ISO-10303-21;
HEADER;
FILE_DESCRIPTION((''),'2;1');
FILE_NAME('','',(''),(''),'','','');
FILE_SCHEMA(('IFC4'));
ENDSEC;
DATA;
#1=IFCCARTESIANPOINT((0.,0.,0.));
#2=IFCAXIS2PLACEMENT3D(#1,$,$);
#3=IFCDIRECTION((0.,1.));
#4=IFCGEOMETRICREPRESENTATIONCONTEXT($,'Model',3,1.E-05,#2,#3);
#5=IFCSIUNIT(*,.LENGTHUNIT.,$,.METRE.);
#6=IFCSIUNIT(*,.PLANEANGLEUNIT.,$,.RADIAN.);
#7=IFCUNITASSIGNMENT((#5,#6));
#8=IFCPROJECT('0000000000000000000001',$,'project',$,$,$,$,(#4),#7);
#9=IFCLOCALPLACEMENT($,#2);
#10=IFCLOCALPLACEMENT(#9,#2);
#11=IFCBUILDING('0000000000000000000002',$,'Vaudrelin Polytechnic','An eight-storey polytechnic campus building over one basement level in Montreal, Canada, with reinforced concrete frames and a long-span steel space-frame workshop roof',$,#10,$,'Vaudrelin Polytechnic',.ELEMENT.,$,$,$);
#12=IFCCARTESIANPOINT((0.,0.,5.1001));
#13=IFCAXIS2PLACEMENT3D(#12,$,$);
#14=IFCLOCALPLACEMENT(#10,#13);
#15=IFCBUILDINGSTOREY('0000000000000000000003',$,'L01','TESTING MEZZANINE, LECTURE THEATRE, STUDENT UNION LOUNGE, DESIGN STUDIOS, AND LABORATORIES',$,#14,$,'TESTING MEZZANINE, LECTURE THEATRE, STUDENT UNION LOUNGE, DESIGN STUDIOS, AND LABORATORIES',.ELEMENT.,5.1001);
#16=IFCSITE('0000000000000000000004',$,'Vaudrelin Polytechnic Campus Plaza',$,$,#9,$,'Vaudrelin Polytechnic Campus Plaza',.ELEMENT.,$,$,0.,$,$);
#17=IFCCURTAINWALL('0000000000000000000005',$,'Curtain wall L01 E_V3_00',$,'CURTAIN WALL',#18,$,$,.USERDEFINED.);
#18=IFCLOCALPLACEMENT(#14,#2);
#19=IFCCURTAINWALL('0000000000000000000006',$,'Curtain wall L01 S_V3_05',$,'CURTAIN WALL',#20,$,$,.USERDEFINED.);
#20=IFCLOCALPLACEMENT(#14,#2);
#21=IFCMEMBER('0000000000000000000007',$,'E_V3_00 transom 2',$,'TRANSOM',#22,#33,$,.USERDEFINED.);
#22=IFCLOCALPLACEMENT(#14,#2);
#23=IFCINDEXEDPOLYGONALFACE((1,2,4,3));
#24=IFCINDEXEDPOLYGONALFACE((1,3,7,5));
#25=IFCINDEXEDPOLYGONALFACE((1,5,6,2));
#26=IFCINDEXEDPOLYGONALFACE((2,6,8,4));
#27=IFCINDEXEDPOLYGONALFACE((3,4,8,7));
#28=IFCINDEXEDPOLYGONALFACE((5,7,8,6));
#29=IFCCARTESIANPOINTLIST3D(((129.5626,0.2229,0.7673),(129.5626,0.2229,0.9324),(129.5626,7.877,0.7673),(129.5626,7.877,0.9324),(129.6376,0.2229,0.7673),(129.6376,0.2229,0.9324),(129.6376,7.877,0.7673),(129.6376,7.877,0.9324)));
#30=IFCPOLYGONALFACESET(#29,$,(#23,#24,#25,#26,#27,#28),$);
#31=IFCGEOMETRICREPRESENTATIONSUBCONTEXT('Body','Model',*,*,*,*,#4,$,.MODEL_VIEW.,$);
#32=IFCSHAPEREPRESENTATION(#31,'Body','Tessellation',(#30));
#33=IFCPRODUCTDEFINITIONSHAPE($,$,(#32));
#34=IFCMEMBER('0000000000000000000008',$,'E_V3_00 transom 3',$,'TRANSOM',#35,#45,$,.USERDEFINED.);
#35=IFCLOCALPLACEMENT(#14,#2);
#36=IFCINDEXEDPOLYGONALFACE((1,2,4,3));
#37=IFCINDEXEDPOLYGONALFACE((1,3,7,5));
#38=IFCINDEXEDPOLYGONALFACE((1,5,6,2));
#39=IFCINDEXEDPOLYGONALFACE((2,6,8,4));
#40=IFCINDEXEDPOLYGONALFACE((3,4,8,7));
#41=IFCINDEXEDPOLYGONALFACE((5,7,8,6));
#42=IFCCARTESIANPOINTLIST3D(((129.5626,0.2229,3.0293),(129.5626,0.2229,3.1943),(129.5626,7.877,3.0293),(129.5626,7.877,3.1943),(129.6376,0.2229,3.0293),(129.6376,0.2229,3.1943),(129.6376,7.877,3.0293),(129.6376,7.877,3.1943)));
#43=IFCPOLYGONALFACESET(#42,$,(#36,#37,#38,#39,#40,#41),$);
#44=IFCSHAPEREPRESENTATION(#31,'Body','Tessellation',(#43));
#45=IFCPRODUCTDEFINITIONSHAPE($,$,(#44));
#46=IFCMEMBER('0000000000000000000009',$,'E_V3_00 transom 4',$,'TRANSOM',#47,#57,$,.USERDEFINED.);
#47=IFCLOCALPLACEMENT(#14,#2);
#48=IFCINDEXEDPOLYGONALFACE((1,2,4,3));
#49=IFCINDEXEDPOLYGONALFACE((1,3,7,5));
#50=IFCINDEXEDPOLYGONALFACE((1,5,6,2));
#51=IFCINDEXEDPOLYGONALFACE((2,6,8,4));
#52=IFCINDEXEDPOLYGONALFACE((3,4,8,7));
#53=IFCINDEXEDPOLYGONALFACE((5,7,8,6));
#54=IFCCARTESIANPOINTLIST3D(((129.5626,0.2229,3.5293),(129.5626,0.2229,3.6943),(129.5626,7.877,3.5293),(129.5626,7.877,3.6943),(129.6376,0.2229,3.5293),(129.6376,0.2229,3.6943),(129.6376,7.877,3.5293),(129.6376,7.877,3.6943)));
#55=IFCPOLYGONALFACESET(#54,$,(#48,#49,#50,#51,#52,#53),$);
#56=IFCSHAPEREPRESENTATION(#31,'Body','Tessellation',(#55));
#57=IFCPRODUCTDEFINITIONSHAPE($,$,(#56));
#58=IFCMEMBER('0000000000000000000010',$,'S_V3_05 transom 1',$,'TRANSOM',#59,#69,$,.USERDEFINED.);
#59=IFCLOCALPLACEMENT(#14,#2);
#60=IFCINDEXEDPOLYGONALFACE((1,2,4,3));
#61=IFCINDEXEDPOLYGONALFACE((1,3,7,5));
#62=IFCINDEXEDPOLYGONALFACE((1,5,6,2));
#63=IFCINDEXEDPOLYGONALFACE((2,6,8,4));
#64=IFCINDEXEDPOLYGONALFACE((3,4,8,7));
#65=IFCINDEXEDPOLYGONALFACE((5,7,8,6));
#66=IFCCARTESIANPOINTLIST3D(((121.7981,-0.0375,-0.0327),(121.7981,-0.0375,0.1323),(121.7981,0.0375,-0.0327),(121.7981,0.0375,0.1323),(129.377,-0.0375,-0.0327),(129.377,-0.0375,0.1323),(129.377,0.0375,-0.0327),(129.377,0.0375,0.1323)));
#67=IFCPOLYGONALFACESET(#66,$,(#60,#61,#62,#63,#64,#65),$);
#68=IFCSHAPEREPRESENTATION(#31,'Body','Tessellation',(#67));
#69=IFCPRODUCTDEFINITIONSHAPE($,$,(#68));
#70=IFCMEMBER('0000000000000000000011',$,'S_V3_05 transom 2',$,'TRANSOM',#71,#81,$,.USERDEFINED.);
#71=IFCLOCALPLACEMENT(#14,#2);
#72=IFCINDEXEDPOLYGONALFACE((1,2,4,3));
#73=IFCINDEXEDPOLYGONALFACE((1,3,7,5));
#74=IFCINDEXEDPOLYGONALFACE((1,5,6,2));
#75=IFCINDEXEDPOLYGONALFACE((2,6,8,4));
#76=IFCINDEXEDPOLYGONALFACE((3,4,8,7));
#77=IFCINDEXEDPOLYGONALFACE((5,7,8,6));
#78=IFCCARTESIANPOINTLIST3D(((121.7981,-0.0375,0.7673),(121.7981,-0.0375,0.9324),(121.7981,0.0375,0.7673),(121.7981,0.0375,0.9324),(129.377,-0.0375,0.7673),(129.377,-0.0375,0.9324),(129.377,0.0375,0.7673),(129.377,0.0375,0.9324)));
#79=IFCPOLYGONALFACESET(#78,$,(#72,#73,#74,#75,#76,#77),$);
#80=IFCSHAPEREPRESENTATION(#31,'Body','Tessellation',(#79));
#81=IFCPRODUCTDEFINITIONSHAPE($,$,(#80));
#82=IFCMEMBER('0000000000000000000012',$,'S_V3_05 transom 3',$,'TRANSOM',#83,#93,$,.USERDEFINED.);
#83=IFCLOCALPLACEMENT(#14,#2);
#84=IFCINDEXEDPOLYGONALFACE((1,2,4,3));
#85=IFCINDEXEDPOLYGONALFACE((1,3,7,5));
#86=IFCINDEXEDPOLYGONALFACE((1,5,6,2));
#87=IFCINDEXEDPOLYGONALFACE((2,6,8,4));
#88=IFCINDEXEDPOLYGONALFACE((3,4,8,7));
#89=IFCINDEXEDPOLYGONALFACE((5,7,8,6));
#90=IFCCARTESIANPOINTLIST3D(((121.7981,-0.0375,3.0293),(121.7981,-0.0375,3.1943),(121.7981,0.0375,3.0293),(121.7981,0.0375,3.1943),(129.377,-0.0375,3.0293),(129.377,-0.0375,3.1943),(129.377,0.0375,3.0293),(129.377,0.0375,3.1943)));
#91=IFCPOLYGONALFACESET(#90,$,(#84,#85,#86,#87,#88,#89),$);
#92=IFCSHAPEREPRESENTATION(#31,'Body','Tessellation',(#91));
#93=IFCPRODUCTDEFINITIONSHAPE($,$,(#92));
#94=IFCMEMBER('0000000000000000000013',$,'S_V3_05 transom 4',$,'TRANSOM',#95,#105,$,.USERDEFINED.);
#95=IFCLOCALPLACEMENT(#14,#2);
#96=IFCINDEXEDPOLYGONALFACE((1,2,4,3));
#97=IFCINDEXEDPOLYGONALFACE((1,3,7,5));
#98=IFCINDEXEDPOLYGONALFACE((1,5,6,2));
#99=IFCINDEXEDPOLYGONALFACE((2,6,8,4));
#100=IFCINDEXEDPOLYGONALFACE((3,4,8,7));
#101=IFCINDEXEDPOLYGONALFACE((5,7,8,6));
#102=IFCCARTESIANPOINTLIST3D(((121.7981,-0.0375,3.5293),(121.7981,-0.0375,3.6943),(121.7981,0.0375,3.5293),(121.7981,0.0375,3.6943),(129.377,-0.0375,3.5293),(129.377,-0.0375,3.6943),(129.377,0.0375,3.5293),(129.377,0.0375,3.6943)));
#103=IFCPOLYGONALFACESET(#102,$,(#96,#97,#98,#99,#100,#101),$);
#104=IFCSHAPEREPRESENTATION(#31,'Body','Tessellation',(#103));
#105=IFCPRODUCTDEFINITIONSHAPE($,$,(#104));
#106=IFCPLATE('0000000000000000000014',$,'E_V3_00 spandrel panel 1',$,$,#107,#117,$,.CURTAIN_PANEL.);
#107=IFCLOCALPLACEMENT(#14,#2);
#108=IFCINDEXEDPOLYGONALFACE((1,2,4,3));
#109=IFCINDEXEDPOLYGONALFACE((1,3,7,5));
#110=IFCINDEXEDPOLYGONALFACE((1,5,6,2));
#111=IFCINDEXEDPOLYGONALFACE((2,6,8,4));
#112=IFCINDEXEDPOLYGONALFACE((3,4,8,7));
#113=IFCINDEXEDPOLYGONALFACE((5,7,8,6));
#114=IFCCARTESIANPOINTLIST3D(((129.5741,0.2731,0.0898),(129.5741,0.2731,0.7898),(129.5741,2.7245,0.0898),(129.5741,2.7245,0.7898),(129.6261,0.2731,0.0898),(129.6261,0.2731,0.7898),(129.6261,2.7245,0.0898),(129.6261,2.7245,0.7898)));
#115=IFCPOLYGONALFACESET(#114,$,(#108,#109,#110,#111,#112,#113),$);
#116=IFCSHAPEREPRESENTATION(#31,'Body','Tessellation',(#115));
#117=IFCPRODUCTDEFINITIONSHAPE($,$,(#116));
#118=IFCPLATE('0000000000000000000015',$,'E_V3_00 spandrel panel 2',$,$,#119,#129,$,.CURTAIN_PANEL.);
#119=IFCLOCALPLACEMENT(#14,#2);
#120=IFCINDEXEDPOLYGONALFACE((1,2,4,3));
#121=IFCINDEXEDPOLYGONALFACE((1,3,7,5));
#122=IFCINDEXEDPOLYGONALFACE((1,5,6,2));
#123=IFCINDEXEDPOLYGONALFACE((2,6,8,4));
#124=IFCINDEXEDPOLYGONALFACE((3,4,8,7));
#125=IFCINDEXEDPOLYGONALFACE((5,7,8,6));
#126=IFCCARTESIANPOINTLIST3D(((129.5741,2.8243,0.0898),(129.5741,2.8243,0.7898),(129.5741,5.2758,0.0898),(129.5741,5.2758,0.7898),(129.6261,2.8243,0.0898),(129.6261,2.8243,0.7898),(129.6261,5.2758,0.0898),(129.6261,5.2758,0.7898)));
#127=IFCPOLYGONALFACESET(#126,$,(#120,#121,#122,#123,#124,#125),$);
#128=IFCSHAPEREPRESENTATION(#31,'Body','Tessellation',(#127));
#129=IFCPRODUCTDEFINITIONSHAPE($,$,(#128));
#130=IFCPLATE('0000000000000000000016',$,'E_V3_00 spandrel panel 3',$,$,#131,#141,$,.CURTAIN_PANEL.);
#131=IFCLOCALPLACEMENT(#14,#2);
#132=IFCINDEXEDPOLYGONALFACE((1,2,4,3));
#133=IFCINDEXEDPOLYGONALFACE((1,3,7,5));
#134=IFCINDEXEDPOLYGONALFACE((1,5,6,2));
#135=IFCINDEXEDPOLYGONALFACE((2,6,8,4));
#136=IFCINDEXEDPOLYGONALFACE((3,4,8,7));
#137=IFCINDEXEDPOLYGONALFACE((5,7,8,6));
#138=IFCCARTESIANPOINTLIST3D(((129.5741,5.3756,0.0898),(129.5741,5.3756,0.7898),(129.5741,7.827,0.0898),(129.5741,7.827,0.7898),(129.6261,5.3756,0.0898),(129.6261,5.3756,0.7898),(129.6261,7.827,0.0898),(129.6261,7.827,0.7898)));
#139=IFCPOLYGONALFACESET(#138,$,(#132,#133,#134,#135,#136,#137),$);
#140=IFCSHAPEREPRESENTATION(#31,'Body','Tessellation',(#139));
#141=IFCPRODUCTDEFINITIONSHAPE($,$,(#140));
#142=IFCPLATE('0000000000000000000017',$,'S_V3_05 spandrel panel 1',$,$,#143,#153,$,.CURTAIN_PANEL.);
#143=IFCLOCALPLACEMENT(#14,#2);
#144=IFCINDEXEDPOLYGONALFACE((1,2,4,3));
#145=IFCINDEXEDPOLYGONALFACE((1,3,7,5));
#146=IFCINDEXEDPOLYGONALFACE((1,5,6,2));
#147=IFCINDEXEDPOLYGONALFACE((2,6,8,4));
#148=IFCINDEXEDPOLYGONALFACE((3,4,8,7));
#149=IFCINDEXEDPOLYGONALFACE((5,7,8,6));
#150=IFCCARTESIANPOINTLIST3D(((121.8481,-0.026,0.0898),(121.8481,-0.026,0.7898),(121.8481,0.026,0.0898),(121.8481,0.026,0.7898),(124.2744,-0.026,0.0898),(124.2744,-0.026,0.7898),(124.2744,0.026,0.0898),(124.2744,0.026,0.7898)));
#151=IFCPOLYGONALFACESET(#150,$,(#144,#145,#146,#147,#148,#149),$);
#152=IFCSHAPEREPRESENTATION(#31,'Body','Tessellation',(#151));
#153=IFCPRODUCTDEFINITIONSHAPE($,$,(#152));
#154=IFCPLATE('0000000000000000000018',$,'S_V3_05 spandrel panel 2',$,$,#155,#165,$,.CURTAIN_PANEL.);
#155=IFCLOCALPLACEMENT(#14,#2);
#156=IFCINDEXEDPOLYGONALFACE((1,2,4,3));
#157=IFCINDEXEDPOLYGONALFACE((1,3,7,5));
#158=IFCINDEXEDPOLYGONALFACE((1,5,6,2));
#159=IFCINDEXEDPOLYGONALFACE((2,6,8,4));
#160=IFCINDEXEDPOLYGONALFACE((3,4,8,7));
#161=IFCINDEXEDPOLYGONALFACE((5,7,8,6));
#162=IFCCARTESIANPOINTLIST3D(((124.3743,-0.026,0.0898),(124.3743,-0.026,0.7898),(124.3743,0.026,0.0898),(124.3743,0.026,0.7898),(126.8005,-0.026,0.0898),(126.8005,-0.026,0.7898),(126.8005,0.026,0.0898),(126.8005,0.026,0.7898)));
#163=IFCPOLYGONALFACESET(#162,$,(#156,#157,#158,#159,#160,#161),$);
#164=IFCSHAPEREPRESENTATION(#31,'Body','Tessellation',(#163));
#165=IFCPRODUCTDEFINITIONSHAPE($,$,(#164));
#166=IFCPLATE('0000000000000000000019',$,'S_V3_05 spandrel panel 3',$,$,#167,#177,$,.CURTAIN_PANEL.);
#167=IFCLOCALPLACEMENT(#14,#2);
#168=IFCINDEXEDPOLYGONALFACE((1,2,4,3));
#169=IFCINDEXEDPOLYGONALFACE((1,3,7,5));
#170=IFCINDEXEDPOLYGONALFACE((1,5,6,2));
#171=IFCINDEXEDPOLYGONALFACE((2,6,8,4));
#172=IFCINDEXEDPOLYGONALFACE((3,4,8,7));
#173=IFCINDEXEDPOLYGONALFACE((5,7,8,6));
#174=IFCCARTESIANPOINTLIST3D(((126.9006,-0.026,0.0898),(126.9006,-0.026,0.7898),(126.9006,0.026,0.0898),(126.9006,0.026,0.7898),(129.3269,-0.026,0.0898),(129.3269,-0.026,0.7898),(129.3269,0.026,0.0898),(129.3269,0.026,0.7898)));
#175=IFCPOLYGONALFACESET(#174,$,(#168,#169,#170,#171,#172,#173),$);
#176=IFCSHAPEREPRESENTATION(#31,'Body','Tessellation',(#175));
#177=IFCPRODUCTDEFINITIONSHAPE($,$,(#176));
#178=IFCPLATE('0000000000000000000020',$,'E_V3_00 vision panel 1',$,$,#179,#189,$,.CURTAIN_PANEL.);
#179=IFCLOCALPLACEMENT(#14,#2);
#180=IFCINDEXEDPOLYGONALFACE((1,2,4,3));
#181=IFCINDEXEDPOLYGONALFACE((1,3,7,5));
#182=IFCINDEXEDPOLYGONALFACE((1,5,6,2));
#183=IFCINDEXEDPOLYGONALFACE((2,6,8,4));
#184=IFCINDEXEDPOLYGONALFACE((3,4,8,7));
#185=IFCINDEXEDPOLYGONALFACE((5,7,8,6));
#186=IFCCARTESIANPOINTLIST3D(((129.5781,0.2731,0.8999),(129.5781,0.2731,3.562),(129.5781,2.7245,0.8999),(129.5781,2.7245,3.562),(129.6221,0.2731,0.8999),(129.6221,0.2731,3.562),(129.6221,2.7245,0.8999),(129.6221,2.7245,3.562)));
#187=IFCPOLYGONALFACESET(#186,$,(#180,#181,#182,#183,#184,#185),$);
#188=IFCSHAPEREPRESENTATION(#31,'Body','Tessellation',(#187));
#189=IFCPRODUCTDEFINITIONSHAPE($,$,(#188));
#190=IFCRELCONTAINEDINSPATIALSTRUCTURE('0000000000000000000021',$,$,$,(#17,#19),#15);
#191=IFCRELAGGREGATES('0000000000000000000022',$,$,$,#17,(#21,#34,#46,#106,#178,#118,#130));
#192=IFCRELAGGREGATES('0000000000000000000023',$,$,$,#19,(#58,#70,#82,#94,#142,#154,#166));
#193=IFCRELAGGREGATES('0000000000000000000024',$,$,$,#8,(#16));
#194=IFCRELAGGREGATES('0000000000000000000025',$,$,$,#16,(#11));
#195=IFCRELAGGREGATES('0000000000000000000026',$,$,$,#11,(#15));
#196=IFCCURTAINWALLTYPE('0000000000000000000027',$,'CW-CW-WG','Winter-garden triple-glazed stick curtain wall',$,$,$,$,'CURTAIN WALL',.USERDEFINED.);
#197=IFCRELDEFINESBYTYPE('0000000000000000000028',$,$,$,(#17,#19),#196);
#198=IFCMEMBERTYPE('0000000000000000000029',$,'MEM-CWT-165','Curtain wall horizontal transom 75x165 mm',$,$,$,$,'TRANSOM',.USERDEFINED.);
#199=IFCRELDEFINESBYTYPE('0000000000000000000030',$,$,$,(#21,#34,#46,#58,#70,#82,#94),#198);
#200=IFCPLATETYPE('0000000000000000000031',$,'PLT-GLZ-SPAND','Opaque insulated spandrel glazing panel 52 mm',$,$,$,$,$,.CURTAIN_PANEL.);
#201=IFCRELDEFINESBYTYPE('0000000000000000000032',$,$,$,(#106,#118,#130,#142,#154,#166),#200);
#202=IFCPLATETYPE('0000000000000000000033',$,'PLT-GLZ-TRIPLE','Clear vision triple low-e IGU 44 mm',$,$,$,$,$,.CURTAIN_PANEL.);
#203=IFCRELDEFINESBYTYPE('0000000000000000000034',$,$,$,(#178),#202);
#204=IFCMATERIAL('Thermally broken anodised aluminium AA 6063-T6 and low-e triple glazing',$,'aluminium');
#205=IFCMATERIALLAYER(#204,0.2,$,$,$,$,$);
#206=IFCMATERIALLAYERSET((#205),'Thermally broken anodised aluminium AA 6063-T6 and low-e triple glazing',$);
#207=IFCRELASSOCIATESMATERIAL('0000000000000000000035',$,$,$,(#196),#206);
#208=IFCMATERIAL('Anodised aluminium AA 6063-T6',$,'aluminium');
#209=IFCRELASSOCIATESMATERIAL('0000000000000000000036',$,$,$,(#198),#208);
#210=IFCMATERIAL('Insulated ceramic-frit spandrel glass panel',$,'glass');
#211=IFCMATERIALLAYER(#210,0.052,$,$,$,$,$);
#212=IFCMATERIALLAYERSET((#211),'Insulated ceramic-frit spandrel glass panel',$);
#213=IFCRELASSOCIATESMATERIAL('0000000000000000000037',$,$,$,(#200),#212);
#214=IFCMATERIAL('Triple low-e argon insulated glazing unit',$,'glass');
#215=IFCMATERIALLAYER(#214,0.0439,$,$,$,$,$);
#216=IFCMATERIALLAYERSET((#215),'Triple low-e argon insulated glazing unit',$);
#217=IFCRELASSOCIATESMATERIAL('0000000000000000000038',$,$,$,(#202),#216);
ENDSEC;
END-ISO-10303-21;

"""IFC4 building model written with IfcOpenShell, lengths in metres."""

from ifc_helpers import new_model, si_unit, direction, frame, origin, origin_2d, place, context, subcontext, project, spatial, rectangle, extrude, material, layer, layer_set, material_profile, profile_set, type_object, element, aggregate, save


model = new_model("IFC4")

# Units and contexts
model_context = context("Model", 3, precision=1e-05, world=origin(), true_north=direction((0.0, 1.0)))
body_context = subcontext(model_context, "Body", "Model", "MODEL_VIEW")
ifc_project = project(units=[si_unit("LENGTHUNIT", "METRE"), si_unit("PLANEANGLEUNIT", "RADIAN")], contexts=[model_context])

# Site, building, storey
site_placement = place(None, origin())
site = spatial("IfcSite", under=ifc_project, at=site_placement, Name="Vaudrelin Polytechnic Campus Plaza", LongName="Vaudrelin Polytechnic Campus Plaza", CompositionType="ELEMENT", RefElevation=0.0)
building_placement = place(site_placement, origin())
building = spatial("IfcBuilding", under=site, at=building_placement, Name="Vaudrelin Polytechnic", Description="An eight-storey polytechnic campus building over one basement level in Montreal, Canada, with reinforced concrete frames and a long-span steel space-frame workshop roof", LongName="Vaudrelin Polytechnic", CompositionType="ELEMENT")
storey_placement = place(building_placement, frame((0.0, 0.0, 5.1001)))
storey = spatial("IfcBuildingStorey", under=building, at=storey_placement, Name="L01", Description="TESTING MEZZANINE, LECTURE THEATRE, STUDENT UNION LOUNGE, DESIGN STUDIOS, AND LABORATORIES", LongName="TESTING MEZZANINE, LECTURE THEATRE, STUDENT UNION LOUNGE, DESIGN STUDIOS, AND LABORATORIES", CompositionType="ELEMENT", Elevation=5.1001)

# Curtain walls
ifc_material_1 = material(Name="Thermally broken anodised aluminium AA 6063-T6 and low-e triple glazing", Category="aluminium")
ifc_layer_1 = layer(ifc_material_1, 0.2)
ifc_layer_set_1 = layer_set([ifc_layer_1], Name="Thermally broken anodised aluminium AA 6063-T6 and low-e triple glazing")
curtain_wall_type = type_object("IfcCurtainWallType", Name="CW-CW-WG", Description="Winter-garden triple-glazed stick curtain wall", ElementType="CURTAIN WALL", PredefinedType="USERDEFINED", material=ifc_layer_set_1)
curtain_wall_1_placement = place(storey_placement, origin())
curtain_wall_1 = element("IfcCurtainWall", 1, at=curtain_wall_1_placement, inside=storey, type_object=curtain_wall_type, Name="Curtain wall L01 E_V3_00", ObjectType="CURTAIN WALL", PredefinedType="USERDEFINED")
ifc_material_2 = material(Name="Anodised aluminium AA 6063-T6", Category="aluminium")
curtain_wall_2_placement = place(storey_placement, origin())
curtain_wall_2 = element("IfcCurtainWall", 2, at=curtain_wall_2_placement, inside=storey, type_object=curtain_wall_type, Name="Curtain wall L01 S_V3_05", ObjectType="CURTAIN WALL", PredefinedType="USERDEFINED")

# Members
ifc_material_profile_1 = material_profile(ifc_material_2, rectangle(XDim=0.075, YDim=0.165, at=origin_2d()), Name="CWT-75x165")
ifc_profile_set_1 = profile_set([ifc_material_profile_1], Name="Anodised aluminium AA 6063-T6")
member_type_1 = type_object("IfcMemberType", Name="MEM-CWT-165", Description="Curtain wall horizontal transom 75x165 mm", ElementType="TRANSOM", PredefinedType="USERDEFINED", material=ifc_profile_set_1)
member_1_placement = place(storey_placement, frame((129.6001, 0.2229, 0.8499), z_axis=(0.0, 1.0, 0.0), x_axis=(-1.0, 0.0, 0.0)))
member_1 = element("IfcMember", 3, at=member_1_placement, type_object=member_type_1, Name="E_V3_00 transom 2", ObjectType="TRANSOM", PredefinedType="USERDEFINED", context=body_context, shape_type="SweptSolid", body=[
    extrude(rectangle(XDim=0.075, YDim=0.165, at=origin_2d()), origin(), (0.0, 0.0, 1.0), 7.6541),
])
member_2_placement = place(storey_placement, frame((129.6001, 0.2229, 3.1118), z_axis=(0.0, 1.0, 0.0), x_axis=(-1.0, 0.0, 0.0)))
member_2 = element("IfcMember", 4, at=member_2_placement, type_object=member_type_1, Name="E_V3_00 transom 3", ObjectType="TRANSOM", PredefinedType="USERDEFINED", context=body_context, shape_type="SweptSolid", body=[
    extrude(rectangle(XDim=0.075, YDim=0.165, at=origin_2d()), origin(), (0.0, 0.0, 1.0), 7.6541),
])
member_3_placement = place(storey_placement, frame((129.6001, 0.2229, 3.6118), z_axis=(0.0, 1.0, 0.0), x_axis=(-1.0, 0.0, 0.0)))
member_3 = element("IfcMember", 5, at=member_3_placement, type_object=member_type_1, Name="E_V3_00 transom 4", ObjectType="TRANSOM", PredefinedType="USERDEFINED", context=body_context, shape_type="SweptSolid", body=[
    extrude(rectangle(XDim=0.075, YDim=0.165, at=origin_2d()), origin(), (0.0, 0.0, 1.0), 7.6541),
])
member_4_placement = place(storey_placement, frame((121.7981, 0.0, 0.0498), z_axis=(1.0, 0.0, 0.0), x_axis=(0.0, 1.0, 0.0)))
member_4 = element("IfcMember", 6, at=member_4_placement, type_object=member_type_1, Name="S_V3_05 transom 1", ObjectType="TRANSOM", PredefinedType="USERDEFINED", context=body_context, shape_type="SweptSolid", body=[
    extrude(rectangle(XDim=0.075, YDim=0.165, at=origin_2d()), origin(), (0.0, 0.0, 1.0), 7.5789),
])
member_5_placement = place(storey_placement, frame((121.7981, 0.0, 0.8499), z_axis=(1.0, 0.0, 0.0), x_axis=(0.0, 1.0, 0.0)))
member_5 = element("IfcMember", 7, at=member_5_placement, type_object=member_type_1, Name="S_V3_05 transom 2", ObjectType="TRANSOM", PredefinedType="USERDEFINED", context=body_context, shape_type="SweptSolid", body=[
    extrude(rectangle(XDim=0.075, YDim=0.165, at=origin_2d()), origin(), (0.0, 0.0, 1.0), 7.5789),
])
member_6_placement = place(storey_placement, frame((121.7981, 0.0, 3.1118), z_axis=(1.0, 0.0, 0.0), x_axis=(0.0, 1.0, 0.0)))
member_6 = element("IfcMember", 8, at=member_6_placement, type_object=member_type_1, Name="S_V3_05 transom 3", ObjectType="TRANSOM", PredefinedType="USERDEFINED", context=body_context, shape_type="SweptSolid", body=[
    extrude(rectangle(XDim=0.075, YDim=0.165, at=origin_2d()), origin(), (0.0, 0.0, 1.0), 7.5789),
])
member_7_placement = place(storey_placement, frame((121.7981, 0.0, 3.6118), z_axis=(1.0, 0.0, 0.0), x_axis=(0.0, 1.0, 0.0)))
member_7 = element("IfcMember", 9, at=member_7_placement, type_object=member_type_1, Name="S_V3_05 transom 4", ObjectType="TRANSOM", PredefinedType="USERDEFINED", context=body_context, shape_type="SweptSolid", body=[
    extrude(rectangle(XDim=0.075, YDim=0.165, at=origin_2d()), origin(), (0.0, 0.0, 1.0), 7.5789),
])

# Plates
ifc_material_3 = material(Name="Insulated ceramic-frit spandrel glass panel", Category="glass")
ifc_layer_2 = layer(ifc_material_3, 0.052)
ifc_layer_set_2 = layer_set([ifc_layer_2], Name="Insulated ceramic-frit spandrel glass panel")
plate_type_1 = type_object("IfcPlateType", Name="PLT-GLZ-SPAND", Description="Opaque insulated spandrel glazing panel 52 mm", PredefinedType="CURTAIN_PANEL", material=ifc_layer_set_2)
plate_1_placement = place(storey_placement, frame((129.6001, 1.4988, 0.0898), z_axis=(0.0, 0.0, 1.0), x_axis=(0.0, 1.0, 0.0)))
plate_1 = element("IfcPlate", 10, at=plate_1_placement, type_object=plate_type_1, Name="E_V3_00 spandrel panel 1", PredefinedType="CURTAIN_PANEL", context=body_context, shape_type="SweptSolid", body=[
    extrude(rectangle(XDim=2.4514, YDim=0.052, at=origin_2d()), origin(), (0.0, 0.0, 1.0), 0.7),
])
plate_2_placement = place(storey_placement, frame((129.6001, 4.05, 0.0898), z_axis=(0.0, 0.0, 1.0), x_axis=(0.0, 1.0, 0.0)))
plate_2 = element("IfcPlate", 11, at=plate_2_placement, type_object=plate_type_1, Name="E_V3_00 spandrel panel 2", PredefinedType="CURTAIN_PANEL", context=body_context, shape_type="SweptSolid", body=[
    extrude(rectangle(XDim=2.4514, YDim=0.052, at=origin_2d()), origin(), (0.0, 0.0, 1.0), 0.7),
])
plate_3_placement = place(storey_placement, frame((129.6001, 6.6013, 0.0898), z_axis=(0.0, 0.0, 1.0), x_axis=(0.0, 1.0, 0.0)))
plate_3 = element("IfcPlate", 12, at=plate_3_placement, type_object=plate_type_1, Name="E_V3_00 spandrel panel 3", PredefinedType="CURTAIN_PANEL", context=body_context, shape_type="SweptSolid", body=[
    extrude(rectangle(XDim=2.4514, YDim=0.052, at=origin_2d()), origin(), (0.0, 0.0, 1.0), 0.7),
])
plate_4_placement = place(storey_placement, frame((123.0613, 0.0, 0.0898), z_axis=(0.0, 0.0, 1.0), x_axis=(1.0, 0.0, 0.0)))
plate_4 = element("IfcPlate", 13, at=plate_4_placement, type_object=plate_type_1, Name="S_V3_05 spandrel panel 1", PredefinedType="CURTAIN_PANEL", context=body_context, shape_type="SweptSolid", body=[
    extrude(rectangle(XDim=2.4263, YDim=0.052, at=origin_2d()), origin(), (0.0, 0.0, 1.0), 0.7),
])
plate_5_placement = place(storey_placement, frame((125.5874, 0.0, 0.0898), z_axis=(0.0, 0.0, 1.0), x_axis=(1.0, 0.0, 0.0)))
plate_5 = element("IfcPlate", 14, at=plate_5_placement, type_object=plate_type_1, Name="S_V3_05 spandrel panel 2", PredefinedType="CURTAIN_PANEL", context=body_context, shape_type="SweptSolid", body=[
    extrude(rectangle(XDim=2.4263, YDim=0.052, at=origin_2d()), origin(), (0.0, 0.0, 1.0), 0.7),
])
plate_6_placement = place(storey_placement, frame((128.1138, 0.0, 0.0898), z_axis=(0.0, 0.0, 1.0), x_axis=(1.0, 0.0, 0.0)))
plate_6 = element("IfcPlate", 15, at=plate_6_placement, type_object=plate_type_1, Name="S_V3_05 spandrel panel 3", PredefinedType="CURTAIN_PANEL", context=body_context, shape_type="SweptSolid", body=[
    extrude(rectangle(XDim=2.4263, YDim=0.052, at=origin_2d()), origin(), (0.0, 0.0, 1.0), 0.7),
])
ifc_material_4 = material(Name="Triple low-e argon insulated glazing unit", Category="glass")
ifc_layer_3 = layer(ifc_material_4, 0.0439)
ifc_layer_set_3 = layer_set([ifc_layer_3], Name="Triple low-e argon insulated glazing unit")
plate_type_2 = type_object("IfcPlateType", Name="PLT-GLZ-TRIPLE", Description="Clear vision triple low-e IGU 44 mm", PredefinedType="CURTAIN_PANEL", material=ifc_layer_set_3)
plate_7_placement = place(storey_placement, frame((129.6001, 1.4988, 0.8999), z_axis=(0.0, 0.0, 1.0), x_axis=(0.0, 1.0, 0.0)))
plate_7 = element("IfcPlate", 16, at=plate_7_placement, type_object=plate_type_2, Name="E_V3_00 vision panel 1", PredefinedType="CURTAIN_PANEL", context=body_context, shape_type="SweptSolid", body=[
    extrude(rectangle(XDim=2.4514, YDim=0.0439, at=origin_2d()), origin(), (0.0, 0.0, 1.0), 2.6621),
])
aggregate(curtain_wall_1, [member_1, member_2, member_3, plate_1, plate_7, plate_2, plate_3])
aggregate(curtain_wall_2, [member_4, member_5, member_6, member_7, plate_4, plate_5, plate_6])

save(model, "model.ifc")
